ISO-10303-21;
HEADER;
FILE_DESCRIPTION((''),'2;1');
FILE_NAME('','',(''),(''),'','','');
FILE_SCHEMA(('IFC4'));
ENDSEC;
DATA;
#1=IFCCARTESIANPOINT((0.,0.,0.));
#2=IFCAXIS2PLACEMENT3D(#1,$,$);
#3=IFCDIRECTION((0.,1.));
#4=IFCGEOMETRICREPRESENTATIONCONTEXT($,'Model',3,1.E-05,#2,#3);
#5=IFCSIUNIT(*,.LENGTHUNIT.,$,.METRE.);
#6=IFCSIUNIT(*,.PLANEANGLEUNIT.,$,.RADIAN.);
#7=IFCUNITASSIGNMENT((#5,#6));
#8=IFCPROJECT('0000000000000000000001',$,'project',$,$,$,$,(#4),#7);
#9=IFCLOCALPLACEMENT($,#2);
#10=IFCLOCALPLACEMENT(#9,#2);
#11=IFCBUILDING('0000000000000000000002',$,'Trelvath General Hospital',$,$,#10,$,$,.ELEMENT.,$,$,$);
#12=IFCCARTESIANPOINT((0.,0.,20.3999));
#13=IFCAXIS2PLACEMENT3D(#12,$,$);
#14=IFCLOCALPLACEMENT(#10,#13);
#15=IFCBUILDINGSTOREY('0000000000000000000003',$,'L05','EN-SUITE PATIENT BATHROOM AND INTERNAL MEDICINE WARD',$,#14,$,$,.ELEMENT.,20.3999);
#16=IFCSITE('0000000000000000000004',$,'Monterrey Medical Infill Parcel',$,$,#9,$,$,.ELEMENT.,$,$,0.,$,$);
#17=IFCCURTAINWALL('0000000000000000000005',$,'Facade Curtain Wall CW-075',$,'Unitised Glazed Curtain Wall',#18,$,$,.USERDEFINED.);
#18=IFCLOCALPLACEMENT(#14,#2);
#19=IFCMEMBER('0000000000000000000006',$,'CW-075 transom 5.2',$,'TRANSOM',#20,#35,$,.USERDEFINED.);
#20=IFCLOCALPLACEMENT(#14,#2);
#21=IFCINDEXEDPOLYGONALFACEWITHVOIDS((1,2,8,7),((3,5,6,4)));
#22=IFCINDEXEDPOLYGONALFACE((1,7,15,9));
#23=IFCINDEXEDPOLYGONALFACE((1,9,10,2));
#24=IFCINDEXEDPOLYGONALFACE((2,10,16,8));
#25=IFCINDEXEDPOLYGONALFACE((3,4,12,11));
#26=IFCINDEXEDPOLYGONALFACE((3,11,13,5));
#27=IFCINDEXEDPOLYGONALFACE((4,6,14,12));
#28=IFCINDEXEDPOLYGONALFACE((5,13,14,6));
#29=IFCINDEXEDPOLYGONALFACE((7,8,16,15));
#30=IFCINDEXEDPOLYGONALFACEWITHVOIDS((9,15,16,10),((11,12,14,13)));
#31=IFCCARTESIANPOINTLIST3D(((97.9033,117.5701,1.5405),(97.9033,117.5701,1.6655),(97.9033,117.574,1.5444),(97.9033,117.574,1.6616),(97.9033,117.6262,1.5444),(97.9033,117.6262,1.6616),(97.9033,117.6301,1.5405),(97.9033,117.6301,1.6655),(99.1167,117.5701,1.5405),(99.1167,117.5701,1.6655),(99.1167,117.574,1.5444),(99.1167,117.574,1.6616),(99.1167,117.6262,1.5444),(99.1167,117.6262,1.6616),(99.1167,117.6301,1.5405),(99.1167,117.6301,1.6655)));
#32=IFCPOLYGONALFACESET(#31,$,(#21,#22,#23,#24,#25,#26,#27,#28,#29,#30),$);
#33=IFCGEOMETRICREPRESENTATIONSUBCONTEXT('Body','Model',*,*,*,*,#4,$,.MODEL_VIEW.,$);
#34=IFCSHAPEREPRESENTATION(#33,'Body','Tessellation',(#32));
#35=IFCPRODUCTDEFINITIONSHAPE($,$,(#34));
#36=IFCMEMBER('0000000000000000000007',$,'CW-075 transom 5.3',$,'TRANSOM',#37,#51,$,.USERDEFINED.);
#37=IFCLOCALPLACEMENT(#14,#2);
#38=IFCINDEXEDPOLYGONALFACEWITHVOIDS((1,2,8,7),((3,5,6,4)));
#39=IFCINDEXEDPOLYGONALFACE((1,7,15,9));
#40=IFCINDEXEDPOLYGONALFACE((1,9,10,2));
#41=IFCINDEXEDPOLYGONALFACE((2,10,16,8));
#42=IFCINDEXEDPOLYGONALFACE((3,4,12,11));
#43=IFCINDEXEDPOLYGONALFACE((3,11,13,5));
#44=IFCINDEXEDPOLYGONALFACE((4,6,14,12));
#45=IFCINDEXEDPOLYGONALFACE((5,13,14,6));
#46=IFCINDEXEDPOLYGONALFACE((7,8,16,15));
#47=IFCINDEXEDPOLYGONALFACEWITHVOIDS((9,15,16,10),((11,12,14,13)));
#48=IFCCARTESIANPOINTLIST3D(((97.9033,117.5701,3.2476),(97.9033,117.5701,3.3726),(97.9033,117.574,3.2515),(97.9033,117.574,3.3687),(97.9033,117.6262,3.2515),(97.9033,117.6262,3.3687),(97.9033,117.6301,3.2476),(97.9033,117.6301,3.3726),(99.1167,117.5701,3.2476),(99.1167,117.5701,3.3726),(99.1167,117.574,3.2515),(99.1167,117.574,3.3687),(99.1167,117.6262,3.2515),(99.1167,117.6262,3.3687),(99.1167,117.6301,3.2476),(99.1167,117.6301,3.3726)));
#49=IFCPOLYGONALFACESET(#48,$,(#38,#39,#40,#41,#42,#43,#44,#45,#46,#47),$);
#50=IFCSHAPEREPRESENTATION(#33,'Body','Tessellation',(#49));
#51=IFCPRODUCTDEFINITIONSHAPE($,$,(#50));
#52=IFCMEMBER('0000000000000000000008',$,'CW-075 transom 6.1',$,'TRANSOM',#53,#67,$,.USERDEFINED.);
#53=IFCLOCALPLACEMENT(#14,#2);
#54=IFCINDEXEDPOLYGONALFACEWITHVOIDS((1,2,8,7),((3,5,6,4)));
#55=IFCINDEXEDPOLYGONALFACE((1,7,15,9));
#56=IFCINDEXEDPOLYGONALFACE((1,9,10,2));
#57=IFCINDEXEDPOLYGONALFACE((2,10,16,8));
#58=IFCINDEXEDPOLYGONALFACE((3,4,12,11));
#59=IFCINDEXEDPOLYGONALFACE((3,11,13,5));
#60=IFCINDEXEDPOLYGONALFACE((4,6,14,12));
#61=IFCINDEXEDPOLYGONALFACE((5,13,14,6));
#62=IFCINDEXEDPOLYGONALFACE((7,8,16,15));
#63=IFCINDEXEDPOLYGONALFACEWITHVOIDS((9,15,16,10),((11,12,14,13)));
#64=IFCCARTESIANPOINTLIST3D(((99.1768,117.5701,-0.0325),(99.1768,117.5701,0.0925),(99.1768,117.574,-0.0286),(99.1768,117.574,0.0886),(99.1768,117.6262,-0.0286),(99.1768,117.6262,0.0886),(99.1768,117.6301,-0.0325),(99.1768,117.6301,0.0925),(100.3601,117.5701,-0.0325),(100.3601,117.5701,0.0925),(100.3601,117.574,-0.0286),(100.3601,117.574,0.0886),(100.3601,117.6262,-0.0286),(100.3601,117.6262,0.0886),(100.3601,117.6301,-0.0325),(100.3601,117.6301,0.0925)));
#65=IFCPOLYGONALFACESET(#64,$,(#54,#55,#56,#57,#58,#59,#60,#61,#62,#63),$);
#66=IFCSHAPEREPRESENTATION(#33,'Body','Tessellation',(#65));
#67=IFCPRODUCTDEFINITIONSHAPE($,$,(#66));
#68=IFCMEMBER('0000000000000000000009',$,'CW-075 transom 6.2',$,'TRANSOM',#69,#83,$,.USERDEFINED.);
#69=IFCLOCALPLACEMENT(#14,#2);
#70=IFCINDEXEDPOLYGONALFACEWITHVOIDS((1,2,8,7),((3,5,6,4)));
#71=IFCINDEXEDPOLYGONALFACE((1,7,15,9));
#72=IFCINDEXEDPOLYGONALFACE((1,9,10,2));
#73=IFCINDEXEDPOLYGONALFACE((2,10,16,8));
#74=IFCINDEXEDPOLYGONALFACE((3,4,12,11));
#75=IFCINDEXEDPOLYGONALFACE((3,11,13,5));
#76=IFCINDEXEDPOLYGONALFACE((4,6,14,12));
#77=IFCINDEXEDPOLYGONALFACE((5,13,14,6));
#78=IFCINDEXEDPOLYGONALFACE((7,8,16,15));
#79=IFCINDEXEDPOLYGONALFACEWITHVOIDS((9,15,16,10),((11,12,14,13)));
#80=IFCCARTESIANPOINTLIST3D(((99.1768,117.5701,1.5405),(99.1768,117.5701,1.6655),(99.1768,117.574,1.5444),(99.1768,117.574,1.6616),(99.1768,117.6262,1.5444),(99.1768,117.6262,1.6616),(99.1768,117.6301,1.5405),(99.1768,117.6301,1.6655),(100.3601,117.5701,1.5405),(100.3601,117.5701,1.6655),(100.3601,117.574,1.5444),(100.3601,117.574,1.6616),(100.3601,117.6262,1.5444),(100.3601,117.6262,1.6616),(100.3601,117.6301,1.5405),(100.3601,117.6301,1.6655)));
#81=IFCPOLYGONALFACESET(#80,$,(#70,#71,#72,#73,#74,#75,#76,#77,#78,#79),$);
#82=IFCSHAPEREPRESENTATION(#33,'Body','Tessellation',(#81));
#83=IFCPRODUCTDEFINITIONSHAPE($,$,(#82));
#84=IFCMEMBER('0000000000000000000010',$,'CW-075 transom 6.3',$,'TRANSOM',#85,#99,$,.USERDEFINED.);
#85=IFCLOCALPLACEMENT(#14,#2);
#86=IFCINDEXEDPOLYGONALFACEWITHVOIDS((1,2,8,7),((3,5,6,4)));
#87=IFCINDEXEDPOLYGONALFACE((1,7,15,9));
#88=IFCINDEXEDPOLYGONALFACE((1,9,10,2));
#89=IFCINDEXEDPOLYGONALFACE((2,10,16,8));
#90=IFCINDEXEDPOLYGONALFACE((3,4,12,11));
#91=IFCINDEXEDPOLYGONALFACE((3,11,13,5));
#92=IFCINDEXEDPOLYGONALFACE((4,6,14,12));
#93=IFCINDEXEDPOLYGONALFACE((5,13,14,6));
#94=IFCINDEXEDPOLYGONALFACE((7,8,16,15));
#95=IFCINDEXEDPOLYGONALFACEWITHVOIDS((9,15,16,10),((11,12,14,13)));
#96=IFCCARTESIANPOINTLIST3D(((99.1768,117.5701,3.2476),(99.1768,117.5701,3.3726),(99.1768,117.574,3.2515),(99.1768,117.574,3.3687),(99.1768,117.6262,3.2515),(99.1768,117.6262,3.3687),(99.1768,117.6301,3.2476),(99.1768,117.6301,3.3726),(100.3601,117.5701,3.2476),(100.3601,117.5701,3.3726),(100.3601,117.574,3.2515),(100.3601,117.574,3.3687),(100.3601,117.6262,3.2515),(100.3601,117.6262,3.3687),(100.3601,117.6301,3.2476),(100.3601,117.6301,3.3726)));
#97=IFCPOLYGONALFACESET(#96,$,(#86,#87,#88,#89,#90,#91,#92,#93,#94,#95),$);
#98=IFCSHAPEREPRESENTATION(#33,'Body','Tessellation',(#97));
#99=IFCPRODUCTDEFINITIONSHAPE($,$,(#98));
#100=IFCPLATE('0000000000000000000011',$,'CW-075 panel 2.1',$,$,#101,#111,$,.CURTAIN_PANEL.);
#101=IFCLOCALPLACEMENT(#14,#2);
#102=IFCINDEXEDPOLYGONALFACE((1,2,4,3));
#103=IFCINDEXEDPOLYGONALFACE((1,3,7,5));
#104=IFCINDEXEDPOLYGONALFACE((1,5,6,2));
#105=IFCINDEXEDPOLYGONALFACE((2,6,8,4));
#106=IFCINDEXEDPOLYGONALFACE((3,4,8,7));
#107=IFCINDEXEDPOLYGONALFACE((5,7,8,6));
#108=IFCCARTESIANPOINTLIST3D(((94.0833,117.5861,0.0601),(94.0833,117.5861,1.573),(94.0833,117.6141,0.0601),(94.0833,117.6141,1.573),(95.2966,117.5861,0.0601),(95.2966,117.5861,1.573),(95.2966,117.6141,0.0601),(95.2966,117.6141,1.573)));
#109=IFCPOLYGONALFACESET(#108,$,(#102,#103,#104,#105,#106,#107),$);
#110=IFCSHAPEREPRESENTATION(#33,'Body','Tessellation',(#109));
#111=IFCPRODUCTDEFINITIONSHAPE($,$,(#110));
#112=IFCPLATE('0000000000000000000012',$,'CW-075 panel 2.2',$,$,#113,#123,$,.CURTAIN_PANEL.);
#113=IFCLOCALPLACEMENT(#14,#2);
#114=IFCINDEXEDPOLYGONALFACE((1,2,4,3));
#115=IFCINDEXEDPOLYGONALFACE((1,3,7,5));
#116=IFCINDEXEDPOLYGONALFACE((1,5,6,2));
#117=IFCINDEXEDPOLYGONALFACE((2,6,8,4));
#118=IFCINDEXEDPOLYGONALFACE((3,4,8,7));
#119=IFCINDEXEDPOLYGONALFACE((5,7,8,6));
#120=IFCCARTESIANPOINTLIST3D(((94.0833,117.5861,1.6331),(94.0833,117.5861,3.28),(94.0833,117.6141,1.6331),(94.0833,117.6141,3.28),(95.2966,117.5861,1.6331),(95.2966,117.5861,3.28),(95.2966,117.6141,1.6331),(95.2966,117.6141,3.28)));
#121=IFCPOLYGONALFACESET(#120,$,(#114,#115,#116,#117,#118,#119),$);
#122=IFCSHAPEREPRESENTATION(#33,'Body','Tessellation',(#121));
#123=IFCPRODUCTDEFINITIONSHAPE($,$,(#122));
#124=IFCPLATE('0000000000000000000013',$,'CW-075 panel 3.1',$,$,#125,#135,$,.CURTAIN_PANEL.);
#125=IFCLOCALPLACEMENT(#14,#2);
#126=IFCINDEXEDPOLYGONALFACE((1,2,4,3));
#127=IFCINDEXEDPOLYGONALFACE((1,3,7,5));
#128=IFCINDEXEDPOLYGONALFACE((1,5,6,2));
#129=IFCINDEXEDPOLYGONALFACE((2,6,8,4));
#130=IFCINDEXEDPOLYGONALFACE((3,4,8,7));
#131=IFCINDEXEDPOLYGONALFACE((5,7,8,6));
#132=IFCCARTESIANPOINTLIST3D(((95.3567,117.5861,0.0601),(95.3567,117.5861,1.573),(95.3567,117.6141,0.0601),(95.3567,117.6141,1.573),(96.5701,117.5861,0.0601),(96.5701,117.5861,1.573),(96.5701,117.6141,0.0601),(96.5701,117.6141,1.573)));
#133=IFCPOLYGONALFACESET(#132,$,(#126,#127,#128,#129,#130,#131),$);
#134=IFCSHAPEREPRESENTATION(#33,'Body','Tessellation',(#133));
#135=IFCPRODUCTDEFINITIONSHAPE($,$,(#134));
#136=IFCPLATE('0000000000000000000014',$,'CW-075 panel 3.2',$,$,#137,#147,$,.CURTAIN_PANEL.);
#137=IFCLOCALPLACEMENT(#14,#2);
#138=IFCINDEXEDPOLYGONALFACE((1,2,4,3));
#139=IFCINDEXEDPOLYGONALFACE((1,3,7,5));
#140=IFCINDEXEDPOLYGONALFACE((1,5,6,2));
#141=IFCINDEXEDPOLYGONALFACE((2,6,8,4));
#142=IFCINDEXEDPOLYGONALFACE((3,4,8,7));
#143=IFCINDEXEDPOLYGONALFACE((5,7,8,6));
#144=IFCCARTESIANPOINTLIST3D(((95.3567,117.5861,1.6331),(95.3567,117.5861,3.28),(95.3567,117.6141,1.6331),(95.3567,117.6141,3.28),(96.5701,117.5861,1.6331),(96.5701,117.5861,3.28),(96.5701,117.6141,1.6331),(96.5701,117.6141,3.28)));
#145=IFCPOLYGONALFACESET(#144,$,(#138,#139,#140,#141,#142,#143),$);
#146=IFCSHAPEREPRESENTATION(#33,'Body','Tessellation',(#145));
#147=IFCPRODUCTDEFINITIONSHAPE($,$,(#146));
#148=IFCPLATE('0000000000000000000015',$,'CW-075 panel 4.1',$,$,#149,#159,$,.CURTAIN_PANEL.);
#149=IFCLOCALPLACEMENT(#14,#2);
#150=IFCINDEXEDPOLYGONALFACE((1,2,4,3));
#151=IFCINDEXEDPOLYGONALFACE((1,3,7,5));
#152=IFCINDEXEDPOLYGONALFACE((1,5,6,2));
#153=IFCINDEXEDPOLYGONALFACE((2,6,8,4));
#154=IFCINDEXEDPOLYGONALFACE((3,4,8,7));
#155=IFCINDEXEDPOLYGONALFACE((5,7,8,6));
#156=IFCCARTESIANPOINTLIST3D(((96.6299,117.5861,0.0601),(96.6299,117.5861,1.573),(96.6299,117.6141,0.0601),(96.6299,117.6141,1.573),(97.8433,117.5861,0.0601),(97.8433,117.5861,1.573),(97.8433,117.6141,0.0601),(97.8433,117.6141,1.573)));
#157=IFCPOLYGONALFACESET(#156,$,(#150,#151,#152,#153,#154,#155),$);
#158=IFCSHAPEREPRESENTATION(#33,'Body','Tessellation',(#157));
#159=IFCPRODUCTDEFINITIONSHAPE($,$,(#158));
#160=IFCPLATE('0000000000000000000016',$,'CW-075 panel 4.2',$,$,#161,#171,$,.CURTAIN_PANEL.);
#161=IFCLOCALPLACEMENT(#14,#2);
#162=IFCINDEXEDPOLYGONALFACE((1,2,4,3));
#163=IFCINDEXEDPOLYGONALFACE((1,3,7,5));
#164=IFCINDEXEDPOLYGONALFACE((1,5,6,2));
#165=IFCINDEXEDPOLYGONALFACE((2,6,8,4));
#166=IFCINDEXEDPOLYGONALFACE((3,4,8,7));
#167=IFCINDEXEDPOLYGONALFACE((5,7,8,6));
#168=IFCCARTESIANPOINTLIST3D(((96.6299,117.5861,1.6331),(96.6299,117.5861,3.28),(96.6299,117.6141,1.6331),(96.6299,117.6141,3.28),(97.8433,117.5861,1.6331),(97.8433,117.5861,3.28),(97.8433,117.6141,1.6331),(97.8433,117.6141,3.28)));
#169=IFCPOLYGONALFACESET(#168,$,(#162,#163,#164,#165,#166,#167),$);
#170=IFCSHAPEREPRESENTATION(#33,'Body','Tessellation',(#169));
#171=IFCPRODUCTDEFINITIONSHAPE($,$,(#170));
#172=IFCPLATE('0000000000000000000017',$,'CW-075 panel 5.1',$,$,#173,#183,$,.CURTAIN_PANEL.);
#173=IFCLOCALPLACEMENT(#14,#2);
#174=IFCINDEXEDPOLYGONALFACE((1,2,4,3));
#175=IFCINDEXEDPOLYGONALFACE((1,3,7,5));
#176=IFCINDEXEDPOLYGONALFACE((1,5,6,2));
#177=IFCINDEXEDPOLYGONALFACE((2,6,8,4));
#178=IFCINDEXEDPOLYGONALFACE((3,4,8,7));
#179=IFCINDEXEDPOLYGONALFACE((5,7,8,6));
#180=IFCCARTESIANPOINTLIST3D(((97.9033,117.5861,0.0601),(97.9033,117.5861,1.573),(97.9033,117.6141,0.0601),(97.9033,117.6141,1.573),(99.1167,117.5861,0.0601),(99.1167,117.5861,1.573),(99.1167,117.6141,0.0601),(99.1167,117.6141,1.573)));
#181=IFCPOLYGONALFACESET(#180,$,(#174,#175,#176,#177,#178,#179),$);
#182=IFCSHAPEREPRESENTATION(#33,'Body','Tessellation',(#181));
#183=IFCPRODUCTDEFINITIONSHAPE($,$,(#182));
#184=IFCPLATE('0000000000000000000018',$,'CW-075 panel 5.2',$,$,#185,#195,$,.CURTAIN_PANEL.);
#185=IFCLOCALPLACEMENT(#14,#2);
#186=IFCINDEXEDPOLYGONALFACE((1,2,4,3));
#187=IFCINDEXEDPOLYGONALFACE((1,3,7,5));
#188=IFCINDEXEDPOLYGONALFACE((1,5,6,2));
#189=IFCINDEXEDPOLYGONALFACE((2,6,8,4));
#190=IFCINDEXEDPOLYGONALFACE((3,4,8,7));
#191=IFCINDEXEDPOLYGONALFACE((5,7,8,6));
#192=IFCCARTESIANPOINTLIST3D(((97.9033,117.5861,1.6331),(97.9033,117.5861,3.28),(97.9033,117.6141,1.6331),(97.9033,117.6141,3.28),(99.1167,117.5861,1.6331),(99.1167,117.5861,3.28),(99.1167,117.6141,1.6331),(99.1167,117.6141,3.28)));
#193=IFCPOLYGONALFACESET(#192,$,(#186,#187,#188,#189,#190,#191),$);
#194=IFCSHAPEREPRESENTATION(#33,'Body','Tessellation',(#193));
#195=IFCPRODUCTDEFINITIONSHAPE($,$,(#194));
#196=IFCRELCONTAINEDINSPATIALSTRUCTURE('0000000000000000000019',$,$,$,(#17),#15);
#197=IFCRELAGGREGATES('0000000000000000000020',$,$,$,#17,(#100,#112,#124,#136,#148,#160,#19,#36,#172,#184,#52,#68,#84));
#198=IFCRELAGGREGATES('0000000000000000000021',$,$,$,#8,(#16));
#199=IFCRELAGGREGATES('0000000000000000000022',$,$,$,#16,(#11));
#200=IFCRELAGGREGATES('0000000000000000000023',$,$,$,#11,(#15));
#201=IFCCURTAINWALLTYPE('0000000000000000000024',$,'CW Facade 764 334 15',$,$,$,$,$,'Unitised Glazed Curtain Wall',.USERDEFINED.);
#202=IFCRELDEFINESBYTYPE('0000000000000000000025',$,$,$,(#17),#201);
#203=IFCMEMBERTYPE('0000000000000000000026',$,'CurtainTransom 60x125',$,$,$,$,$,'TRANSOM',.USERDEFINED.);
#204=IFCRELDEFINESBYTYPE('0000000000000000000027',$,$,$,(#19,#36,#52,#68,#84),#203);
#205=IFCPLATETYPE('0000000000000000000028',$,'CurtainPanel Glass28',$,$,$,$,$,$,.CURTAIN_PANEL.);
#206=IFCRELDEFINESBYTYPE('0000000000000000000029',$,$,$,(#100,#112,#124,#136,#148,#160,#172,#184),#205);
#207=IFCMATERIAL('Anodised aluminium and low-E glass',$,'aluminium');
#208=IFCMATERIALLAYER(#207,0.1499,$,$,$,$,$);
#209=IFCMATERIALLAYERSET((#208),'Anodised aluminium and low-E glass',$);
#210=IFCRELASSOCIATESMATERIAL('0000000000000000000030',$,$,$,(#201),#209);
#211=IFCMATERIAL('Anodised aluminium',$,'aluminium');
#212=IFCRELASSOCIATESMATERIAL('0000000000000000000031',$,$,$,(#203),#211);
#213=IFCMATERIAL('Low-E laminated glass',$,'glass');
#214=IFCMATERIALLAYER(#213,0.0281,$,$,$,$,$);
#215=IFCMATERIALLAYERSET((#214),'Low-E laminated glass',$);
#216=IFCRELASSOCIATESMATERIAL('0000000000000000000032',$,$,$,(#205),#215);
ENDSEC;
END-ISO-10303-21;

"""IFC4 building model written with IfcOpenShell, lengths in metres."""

from ifc_helpers import new_model, si_unit, direction, frame, origin, origin_2d, place, context, subcontext, project, spatial, rectangle, hollow_rectangle, extrude, material, layer, layer_set, material_profile, profile_set, type_object, element, aggregate, save


model = new_model("IFC4")

# Units and contexts
model_context = context("Model", 3, precision=1e-05, world=origin(), true_north=direction((0.0, 1.0)))
body_context = subcontext(model_context, "Body", "Model", "MODEL_VIEW")
ifc_project = project(units=[si_unit("LENGTHUNIT", "METRE"), si_unit("PLANEANGLEUNIT", "RADIAN")], contexts=[model_context])

# Site, building, storey
site_placement = place(None, origin())
site = spatial("IfcSite", under=ifc_project, at=site_placement, Name="Monterrey Medical Infill Parcel", CompositionType="ELEMENT", RefElevation=0.0)
building_placement = place(site_placement, origin())
building = spatial("IfcBuilding", under=site, at=building_placement, Name="Trelvath General Hospital", CompositionType="ELEMENT")
storey_placement = place(building_placement, frame((0.0, 0.0, 20.3999)))
storey = spatial("IfcBuildingStorey", under=building, at=storey_placement, Name="L05", Description="EN-SUITE PATIENT BATHROOM AND INTERNAL MEDICINE WARD", CompositionType="ELEMENT", Elevation=20.3999)

# Curtain wall, members, plates
ifc_material_1 = material(Name="Anodised aluminium and low-E glass", Category="aluminium")
ifc_layer_1 = layer(ifc_material_1, 0.1499)
ifc_layer_set_1 = layer_set([ifc_layer_1], Name="Anodised aluminium and low-E glass")
curtain_wall_type = type_object("IfcCurtainWallType", Name="CW Facade 764 334 15", ElementType="Unitised Glazed Curtain Wall", PredefinedType="USERDEFINED", material=ifc_layer_set_1)
curtain_wall_placement = place(storey_placement, origin())
curtain_wall = element("IfcCurtainWall", 1, at=curtain_wall_placement, inside=storey, type_object=curtain_wall_type, Name="Facade Curtain Wall CW-075", ObjectType="Unitised Glazed Curtain Wall", PredefinedType="USERDEFINED")
ifc_material_2 = material(Name="Anodised aluminium", Category="aluminium")
ifc_material_profile_1 = material_profile(ifc_material_2, hollow_rectangle(XDim=0.0601, YDim=0.125, WallThickness=0.0039, at=origin_2d()), Name="RHS60x125x4")
ifc_profile_set_1 = profile_set([ifc_material_profile_1], Name="Anodised aluminium")
member_type_1 = type_object("IfcMemberType", Name="CurtainTransom 60x125", ElementType="TRANSOM", PredefinedType="USERDEFINED", material=ifc_profile_set_1)
member_1_placement = place(storey_placement, frame((97.9033, 117.6001, 1.603), z_axis=(1.0, 0.0, 0.0), x_axis=(0.0, 1.0, 0.0)))
member_1 = element("IfcMember", 2, at=member_1_placement, type_object=member_type_1, Name="CW-075 transom 5.2", ObjectType="TRANSOM", PredefinedType="USERDEFINED", context=body_context, shape_type="SweptSolid", body=[
    extrude(hollow_rectangle(XDim=0.0601, YDim=0.125, WallThickness=0.0039, at=origin_2d()), origin(), (0.0, 0.0, 1.0), 1.2134),
])
member_2_placement = place(storey_placement, frame((97.9033, 117.6001, 3.3101), z_axis=(1.0, 0.0, 0.0), x_axis=(0.0, 1.0, 0.0)))
member_2 = element("IfcMember", 3, at=member_2_placement, type_object=member_type_1, Name="CW-075 transom 5.3", ObjectType="TRANSOM", PredefinedType="USERDEFINED", context=body_context, shape_type="SweptSolid", body=[
    extrude(hollow_rectangle(XDim=0.0601, YDim=0.125, WallThickness=0.0039, at=origin_2d()), origin(), (0.0, 0.0, 1.0), 1.2134),
])
member_3_placement = place(storey_placement, frame((99.1768, 117.6001, 0.03), z_axis=(1.0, 0.0, 0.0), x_axis=(0.0, 1.0, 0.0)))
member_3 = element("IfcMember", 4, at=member_3_placement, type_object=member_type_1, Name="CW-075 transom 6.1", ObjectType="TRANSOM", PredefinedType="USERDEFINED", context=body_context, shape_type="SweptSolid", body=[
    extrude(hollow_rectangle(XDim=0.0601, YDim=0.125, WallThickness=0.0039, at=origin_2d()), origin(), (0.0, 0.0, 1.0), 1.1833),
])
member_4_placement = place(storey_placement, frame((99.1768, 117.6001, 1.603), z_axis=(1.0, 0.0, 0.0), x_axis=(0.0, 1.0, 0.0)))
member_4 = element("IfcMember", 5, at=member_4_placement, type_object=member_type_1, Name="CW-075 transom 6.2", ObjectType="TRANSOM", PredefinedType="USERDEFINED", context=body_context, shape_type="SweptSolid", body=[
    extrude(hollow_rectangle(XDim=0.0601, YDim=0.125, WallThickness=0.0039, at=origin_2d()), origin(), (0.0, 0.0, 1.0), 1.1833),
])
member_5_placement = place(storey_placement, frame((99.1768, 117.6001, 3.3101), z_axis=(1.0, 0.0, 0.0), x_axis=(0.0, 1.0, 0.0)))
member_5 = element("IfcMember", 6, at=member_5_placement, type_object=member_type_1, Name="CW-075 transom 6.3", ObjectType="TRANSOM", PredefinedType="USERDEFINED", context=body_context, shape_type="SweptSolid", body=[
    extrude(hollow_rectangle(XDim=0.0601, YDim=0.125, WallThickness=0.0039, at=origin_2d()), origin(), (0.0, 0.0, 1.0), 1.1833),
])
ifc_material_3 = material(Name="Low-E laminated glass", Category="glass")
ifc_layer_2 = layer(ifc_material_3, 0.0281)
ifc_layer_set_2 = layer_set([ifc_layer_2], Name="Low-E laminated glass")
plate_type = type_object("IfcPlateType", Name="CurtainPanel Glass28", PredefinedType="CURTAIN_PANEL", material=ifc_layer_set_2)
plate_1_placement = place(storey_placement, frame((94.6899, 117.6001, 0.0601), z_axis=(0.0, 0.0, 1.0), x_axis=(1.0, 0.0, 0.0)))
plate_1 = element("IfcPlate", 7, at=plate_1_placement, type_object=plate_type, Name="CW-075 panel 2.1", PredefinedType="CURTAIN_PANEL", context=body_context, shape_type="SweptSolid", body=[
    extrude(rectangle(XDim=1.2134, YDim=0.0281, at=origin_2d()), origin(), (0.0, 0.0, 1.0), 1.5129),
])
plate_2_placement = place(storey_placement, frame((94.6899, 117.6001, 1.6331), z_axis=(0.0, 0.0, 1.0), x_axis=(1.0, 0.0, 0.0)))
plate_2 = element("IfcPlate", 8, at=plate_2_placement, type_object=plate_type, Name="CW-075 panel 2.2", PredefinedType="CURTAIN_PANEL", context=body_context, shape_type="SweptSolid", body=[
    extrude(rectangle(XDim=1.2134, YDim=0.0281, at=origin_2d()), origin(), (0.0, 0.0, 1.0), 1.647),
])
plate_3_placement = place(storey_placement, frame((95.9634, 117.6001, 0.0601), z_axis=(0.0, 0.0, 1.0), x_axis=(1.0, 0.0, 0.0)))
plate_3 = element("IfcPlate", 9, at=plate_3_placement, type_object=plate_type, Name="CW-075 panel 3.1", PredefinedType="CURTAIN_PANEL", context=body_context, shape_type="SweptSolid", body=[
    extrude(rectangle(XDim=1.2134, YDim=0.0281, at=origin_2d()), origin(), (0.0, 0.0, 1.0), 1.5129),
])
plate_4_placement = place(storey_placement, frame((95.9634, 117.6001, 1.6331), z_axis=(0.0, 0.0, 1.0), x_axis=(1.0, 0.0, 0.0)))
plate_4 = element("IfcPlate", 10, at=plate_4_placement, type_object=plate_type, Name="CW-075 panel 3.2", PredefinedType="CURTAIN_PANEL", context=body_context, shape_type="SweptSolid", body=[
    extrude(rectangle(XDim=1.2134, YDim=0.0281, at=origin_2d()), origin(), (0.0, 0.0, 1.0), 1.647),
])
plate_5_placement = place(storey_placement, frame((97.2366, 117.6001, 0.0601), z_axis=(0.0, 0.0, 1.0), x_axis=(1.0, 0.0, 0.0)))
plate_5 = element("IfcPlate", 11, at=plate_5_placement, type_object=plate_type, Name="CW-075 panel 4.1", PredefinedType="CURTAIN_PANEL", context=body_context, shape_type="SweptSolid", body=[
    extrude(rectangle(XDim=1.2134, YDim=0.0281, at=origin_2d()), origin(), (0.0, 0.0, 1.0), 1.5129),
])
plate_6_placement = place(storey_placement, frame((97.2366, 117.6001, 1.6331), z_axis=(0.0, 0.0, 1.0), x_axis=(1.0, 0.0, 0.0)))
plate_6 = element("IfcPlate", 12, at=plate_6_placement, type_object=plate_type, Name="CW-075 panel 4.2", PredefinedType="CURTAIN_PANEL", context=body_context, shape_type="SweptSolid", body=[
    extrude(rectangle(XDim=1.2134, YDim=0.0281, at=origin_2d()), origin(), (0.0, 0.0, 1.0), 1.647),
])
plate_7_placement = place(storey_placement, frame((98.51, 117.6001, 0.0601), z_axis=(0.0, 0.0, 1.0), x_axis=(1.0, 0.0, 0.0)))
plate_7 = element("IfcPlate", 13, at=plate_7_placement, type_object=plate_type, Name="CW-075 panel 5.1", PredefinedType="CURTAIN_PANEL", context=body_context, shape_type="SweptSolid", body=[
    extrude(rectangle(XDim=1.2134, YDim=0.0281, at=origin_2d()), origin(), (0.0, 0.0, 1.0), 1.5129),
])
plate_8_placement = place(storey_placement, frame((98.51, 117.6001, 1.6331), z_axis=(0.0, 0.0, 1.0), x_axis=(1.0, 0.0, 0.0)))
plate_8 = element("IfcPlate", 14, at=plate_8_placement, type_object=plate_type, Name="CW-075 panel 5.2", PredefinedType="CURTAIN_PANEL", context=body_context, shape_type="SweptSolid", body=[
    extrude(rectangle(XDim=1.2134, YDim=0.0281, at=origin_2d()), origin(), (0.0, 0.0, 1.0), 1.647),
])
aggregate(curtain_wall, [plate_1, plate_2, plate_3, plate_4, plate_5, plate_6, member_1, member_2, plate_7, plate_8, member_3, member_4, member_5])

save(model, "model.ifc")
